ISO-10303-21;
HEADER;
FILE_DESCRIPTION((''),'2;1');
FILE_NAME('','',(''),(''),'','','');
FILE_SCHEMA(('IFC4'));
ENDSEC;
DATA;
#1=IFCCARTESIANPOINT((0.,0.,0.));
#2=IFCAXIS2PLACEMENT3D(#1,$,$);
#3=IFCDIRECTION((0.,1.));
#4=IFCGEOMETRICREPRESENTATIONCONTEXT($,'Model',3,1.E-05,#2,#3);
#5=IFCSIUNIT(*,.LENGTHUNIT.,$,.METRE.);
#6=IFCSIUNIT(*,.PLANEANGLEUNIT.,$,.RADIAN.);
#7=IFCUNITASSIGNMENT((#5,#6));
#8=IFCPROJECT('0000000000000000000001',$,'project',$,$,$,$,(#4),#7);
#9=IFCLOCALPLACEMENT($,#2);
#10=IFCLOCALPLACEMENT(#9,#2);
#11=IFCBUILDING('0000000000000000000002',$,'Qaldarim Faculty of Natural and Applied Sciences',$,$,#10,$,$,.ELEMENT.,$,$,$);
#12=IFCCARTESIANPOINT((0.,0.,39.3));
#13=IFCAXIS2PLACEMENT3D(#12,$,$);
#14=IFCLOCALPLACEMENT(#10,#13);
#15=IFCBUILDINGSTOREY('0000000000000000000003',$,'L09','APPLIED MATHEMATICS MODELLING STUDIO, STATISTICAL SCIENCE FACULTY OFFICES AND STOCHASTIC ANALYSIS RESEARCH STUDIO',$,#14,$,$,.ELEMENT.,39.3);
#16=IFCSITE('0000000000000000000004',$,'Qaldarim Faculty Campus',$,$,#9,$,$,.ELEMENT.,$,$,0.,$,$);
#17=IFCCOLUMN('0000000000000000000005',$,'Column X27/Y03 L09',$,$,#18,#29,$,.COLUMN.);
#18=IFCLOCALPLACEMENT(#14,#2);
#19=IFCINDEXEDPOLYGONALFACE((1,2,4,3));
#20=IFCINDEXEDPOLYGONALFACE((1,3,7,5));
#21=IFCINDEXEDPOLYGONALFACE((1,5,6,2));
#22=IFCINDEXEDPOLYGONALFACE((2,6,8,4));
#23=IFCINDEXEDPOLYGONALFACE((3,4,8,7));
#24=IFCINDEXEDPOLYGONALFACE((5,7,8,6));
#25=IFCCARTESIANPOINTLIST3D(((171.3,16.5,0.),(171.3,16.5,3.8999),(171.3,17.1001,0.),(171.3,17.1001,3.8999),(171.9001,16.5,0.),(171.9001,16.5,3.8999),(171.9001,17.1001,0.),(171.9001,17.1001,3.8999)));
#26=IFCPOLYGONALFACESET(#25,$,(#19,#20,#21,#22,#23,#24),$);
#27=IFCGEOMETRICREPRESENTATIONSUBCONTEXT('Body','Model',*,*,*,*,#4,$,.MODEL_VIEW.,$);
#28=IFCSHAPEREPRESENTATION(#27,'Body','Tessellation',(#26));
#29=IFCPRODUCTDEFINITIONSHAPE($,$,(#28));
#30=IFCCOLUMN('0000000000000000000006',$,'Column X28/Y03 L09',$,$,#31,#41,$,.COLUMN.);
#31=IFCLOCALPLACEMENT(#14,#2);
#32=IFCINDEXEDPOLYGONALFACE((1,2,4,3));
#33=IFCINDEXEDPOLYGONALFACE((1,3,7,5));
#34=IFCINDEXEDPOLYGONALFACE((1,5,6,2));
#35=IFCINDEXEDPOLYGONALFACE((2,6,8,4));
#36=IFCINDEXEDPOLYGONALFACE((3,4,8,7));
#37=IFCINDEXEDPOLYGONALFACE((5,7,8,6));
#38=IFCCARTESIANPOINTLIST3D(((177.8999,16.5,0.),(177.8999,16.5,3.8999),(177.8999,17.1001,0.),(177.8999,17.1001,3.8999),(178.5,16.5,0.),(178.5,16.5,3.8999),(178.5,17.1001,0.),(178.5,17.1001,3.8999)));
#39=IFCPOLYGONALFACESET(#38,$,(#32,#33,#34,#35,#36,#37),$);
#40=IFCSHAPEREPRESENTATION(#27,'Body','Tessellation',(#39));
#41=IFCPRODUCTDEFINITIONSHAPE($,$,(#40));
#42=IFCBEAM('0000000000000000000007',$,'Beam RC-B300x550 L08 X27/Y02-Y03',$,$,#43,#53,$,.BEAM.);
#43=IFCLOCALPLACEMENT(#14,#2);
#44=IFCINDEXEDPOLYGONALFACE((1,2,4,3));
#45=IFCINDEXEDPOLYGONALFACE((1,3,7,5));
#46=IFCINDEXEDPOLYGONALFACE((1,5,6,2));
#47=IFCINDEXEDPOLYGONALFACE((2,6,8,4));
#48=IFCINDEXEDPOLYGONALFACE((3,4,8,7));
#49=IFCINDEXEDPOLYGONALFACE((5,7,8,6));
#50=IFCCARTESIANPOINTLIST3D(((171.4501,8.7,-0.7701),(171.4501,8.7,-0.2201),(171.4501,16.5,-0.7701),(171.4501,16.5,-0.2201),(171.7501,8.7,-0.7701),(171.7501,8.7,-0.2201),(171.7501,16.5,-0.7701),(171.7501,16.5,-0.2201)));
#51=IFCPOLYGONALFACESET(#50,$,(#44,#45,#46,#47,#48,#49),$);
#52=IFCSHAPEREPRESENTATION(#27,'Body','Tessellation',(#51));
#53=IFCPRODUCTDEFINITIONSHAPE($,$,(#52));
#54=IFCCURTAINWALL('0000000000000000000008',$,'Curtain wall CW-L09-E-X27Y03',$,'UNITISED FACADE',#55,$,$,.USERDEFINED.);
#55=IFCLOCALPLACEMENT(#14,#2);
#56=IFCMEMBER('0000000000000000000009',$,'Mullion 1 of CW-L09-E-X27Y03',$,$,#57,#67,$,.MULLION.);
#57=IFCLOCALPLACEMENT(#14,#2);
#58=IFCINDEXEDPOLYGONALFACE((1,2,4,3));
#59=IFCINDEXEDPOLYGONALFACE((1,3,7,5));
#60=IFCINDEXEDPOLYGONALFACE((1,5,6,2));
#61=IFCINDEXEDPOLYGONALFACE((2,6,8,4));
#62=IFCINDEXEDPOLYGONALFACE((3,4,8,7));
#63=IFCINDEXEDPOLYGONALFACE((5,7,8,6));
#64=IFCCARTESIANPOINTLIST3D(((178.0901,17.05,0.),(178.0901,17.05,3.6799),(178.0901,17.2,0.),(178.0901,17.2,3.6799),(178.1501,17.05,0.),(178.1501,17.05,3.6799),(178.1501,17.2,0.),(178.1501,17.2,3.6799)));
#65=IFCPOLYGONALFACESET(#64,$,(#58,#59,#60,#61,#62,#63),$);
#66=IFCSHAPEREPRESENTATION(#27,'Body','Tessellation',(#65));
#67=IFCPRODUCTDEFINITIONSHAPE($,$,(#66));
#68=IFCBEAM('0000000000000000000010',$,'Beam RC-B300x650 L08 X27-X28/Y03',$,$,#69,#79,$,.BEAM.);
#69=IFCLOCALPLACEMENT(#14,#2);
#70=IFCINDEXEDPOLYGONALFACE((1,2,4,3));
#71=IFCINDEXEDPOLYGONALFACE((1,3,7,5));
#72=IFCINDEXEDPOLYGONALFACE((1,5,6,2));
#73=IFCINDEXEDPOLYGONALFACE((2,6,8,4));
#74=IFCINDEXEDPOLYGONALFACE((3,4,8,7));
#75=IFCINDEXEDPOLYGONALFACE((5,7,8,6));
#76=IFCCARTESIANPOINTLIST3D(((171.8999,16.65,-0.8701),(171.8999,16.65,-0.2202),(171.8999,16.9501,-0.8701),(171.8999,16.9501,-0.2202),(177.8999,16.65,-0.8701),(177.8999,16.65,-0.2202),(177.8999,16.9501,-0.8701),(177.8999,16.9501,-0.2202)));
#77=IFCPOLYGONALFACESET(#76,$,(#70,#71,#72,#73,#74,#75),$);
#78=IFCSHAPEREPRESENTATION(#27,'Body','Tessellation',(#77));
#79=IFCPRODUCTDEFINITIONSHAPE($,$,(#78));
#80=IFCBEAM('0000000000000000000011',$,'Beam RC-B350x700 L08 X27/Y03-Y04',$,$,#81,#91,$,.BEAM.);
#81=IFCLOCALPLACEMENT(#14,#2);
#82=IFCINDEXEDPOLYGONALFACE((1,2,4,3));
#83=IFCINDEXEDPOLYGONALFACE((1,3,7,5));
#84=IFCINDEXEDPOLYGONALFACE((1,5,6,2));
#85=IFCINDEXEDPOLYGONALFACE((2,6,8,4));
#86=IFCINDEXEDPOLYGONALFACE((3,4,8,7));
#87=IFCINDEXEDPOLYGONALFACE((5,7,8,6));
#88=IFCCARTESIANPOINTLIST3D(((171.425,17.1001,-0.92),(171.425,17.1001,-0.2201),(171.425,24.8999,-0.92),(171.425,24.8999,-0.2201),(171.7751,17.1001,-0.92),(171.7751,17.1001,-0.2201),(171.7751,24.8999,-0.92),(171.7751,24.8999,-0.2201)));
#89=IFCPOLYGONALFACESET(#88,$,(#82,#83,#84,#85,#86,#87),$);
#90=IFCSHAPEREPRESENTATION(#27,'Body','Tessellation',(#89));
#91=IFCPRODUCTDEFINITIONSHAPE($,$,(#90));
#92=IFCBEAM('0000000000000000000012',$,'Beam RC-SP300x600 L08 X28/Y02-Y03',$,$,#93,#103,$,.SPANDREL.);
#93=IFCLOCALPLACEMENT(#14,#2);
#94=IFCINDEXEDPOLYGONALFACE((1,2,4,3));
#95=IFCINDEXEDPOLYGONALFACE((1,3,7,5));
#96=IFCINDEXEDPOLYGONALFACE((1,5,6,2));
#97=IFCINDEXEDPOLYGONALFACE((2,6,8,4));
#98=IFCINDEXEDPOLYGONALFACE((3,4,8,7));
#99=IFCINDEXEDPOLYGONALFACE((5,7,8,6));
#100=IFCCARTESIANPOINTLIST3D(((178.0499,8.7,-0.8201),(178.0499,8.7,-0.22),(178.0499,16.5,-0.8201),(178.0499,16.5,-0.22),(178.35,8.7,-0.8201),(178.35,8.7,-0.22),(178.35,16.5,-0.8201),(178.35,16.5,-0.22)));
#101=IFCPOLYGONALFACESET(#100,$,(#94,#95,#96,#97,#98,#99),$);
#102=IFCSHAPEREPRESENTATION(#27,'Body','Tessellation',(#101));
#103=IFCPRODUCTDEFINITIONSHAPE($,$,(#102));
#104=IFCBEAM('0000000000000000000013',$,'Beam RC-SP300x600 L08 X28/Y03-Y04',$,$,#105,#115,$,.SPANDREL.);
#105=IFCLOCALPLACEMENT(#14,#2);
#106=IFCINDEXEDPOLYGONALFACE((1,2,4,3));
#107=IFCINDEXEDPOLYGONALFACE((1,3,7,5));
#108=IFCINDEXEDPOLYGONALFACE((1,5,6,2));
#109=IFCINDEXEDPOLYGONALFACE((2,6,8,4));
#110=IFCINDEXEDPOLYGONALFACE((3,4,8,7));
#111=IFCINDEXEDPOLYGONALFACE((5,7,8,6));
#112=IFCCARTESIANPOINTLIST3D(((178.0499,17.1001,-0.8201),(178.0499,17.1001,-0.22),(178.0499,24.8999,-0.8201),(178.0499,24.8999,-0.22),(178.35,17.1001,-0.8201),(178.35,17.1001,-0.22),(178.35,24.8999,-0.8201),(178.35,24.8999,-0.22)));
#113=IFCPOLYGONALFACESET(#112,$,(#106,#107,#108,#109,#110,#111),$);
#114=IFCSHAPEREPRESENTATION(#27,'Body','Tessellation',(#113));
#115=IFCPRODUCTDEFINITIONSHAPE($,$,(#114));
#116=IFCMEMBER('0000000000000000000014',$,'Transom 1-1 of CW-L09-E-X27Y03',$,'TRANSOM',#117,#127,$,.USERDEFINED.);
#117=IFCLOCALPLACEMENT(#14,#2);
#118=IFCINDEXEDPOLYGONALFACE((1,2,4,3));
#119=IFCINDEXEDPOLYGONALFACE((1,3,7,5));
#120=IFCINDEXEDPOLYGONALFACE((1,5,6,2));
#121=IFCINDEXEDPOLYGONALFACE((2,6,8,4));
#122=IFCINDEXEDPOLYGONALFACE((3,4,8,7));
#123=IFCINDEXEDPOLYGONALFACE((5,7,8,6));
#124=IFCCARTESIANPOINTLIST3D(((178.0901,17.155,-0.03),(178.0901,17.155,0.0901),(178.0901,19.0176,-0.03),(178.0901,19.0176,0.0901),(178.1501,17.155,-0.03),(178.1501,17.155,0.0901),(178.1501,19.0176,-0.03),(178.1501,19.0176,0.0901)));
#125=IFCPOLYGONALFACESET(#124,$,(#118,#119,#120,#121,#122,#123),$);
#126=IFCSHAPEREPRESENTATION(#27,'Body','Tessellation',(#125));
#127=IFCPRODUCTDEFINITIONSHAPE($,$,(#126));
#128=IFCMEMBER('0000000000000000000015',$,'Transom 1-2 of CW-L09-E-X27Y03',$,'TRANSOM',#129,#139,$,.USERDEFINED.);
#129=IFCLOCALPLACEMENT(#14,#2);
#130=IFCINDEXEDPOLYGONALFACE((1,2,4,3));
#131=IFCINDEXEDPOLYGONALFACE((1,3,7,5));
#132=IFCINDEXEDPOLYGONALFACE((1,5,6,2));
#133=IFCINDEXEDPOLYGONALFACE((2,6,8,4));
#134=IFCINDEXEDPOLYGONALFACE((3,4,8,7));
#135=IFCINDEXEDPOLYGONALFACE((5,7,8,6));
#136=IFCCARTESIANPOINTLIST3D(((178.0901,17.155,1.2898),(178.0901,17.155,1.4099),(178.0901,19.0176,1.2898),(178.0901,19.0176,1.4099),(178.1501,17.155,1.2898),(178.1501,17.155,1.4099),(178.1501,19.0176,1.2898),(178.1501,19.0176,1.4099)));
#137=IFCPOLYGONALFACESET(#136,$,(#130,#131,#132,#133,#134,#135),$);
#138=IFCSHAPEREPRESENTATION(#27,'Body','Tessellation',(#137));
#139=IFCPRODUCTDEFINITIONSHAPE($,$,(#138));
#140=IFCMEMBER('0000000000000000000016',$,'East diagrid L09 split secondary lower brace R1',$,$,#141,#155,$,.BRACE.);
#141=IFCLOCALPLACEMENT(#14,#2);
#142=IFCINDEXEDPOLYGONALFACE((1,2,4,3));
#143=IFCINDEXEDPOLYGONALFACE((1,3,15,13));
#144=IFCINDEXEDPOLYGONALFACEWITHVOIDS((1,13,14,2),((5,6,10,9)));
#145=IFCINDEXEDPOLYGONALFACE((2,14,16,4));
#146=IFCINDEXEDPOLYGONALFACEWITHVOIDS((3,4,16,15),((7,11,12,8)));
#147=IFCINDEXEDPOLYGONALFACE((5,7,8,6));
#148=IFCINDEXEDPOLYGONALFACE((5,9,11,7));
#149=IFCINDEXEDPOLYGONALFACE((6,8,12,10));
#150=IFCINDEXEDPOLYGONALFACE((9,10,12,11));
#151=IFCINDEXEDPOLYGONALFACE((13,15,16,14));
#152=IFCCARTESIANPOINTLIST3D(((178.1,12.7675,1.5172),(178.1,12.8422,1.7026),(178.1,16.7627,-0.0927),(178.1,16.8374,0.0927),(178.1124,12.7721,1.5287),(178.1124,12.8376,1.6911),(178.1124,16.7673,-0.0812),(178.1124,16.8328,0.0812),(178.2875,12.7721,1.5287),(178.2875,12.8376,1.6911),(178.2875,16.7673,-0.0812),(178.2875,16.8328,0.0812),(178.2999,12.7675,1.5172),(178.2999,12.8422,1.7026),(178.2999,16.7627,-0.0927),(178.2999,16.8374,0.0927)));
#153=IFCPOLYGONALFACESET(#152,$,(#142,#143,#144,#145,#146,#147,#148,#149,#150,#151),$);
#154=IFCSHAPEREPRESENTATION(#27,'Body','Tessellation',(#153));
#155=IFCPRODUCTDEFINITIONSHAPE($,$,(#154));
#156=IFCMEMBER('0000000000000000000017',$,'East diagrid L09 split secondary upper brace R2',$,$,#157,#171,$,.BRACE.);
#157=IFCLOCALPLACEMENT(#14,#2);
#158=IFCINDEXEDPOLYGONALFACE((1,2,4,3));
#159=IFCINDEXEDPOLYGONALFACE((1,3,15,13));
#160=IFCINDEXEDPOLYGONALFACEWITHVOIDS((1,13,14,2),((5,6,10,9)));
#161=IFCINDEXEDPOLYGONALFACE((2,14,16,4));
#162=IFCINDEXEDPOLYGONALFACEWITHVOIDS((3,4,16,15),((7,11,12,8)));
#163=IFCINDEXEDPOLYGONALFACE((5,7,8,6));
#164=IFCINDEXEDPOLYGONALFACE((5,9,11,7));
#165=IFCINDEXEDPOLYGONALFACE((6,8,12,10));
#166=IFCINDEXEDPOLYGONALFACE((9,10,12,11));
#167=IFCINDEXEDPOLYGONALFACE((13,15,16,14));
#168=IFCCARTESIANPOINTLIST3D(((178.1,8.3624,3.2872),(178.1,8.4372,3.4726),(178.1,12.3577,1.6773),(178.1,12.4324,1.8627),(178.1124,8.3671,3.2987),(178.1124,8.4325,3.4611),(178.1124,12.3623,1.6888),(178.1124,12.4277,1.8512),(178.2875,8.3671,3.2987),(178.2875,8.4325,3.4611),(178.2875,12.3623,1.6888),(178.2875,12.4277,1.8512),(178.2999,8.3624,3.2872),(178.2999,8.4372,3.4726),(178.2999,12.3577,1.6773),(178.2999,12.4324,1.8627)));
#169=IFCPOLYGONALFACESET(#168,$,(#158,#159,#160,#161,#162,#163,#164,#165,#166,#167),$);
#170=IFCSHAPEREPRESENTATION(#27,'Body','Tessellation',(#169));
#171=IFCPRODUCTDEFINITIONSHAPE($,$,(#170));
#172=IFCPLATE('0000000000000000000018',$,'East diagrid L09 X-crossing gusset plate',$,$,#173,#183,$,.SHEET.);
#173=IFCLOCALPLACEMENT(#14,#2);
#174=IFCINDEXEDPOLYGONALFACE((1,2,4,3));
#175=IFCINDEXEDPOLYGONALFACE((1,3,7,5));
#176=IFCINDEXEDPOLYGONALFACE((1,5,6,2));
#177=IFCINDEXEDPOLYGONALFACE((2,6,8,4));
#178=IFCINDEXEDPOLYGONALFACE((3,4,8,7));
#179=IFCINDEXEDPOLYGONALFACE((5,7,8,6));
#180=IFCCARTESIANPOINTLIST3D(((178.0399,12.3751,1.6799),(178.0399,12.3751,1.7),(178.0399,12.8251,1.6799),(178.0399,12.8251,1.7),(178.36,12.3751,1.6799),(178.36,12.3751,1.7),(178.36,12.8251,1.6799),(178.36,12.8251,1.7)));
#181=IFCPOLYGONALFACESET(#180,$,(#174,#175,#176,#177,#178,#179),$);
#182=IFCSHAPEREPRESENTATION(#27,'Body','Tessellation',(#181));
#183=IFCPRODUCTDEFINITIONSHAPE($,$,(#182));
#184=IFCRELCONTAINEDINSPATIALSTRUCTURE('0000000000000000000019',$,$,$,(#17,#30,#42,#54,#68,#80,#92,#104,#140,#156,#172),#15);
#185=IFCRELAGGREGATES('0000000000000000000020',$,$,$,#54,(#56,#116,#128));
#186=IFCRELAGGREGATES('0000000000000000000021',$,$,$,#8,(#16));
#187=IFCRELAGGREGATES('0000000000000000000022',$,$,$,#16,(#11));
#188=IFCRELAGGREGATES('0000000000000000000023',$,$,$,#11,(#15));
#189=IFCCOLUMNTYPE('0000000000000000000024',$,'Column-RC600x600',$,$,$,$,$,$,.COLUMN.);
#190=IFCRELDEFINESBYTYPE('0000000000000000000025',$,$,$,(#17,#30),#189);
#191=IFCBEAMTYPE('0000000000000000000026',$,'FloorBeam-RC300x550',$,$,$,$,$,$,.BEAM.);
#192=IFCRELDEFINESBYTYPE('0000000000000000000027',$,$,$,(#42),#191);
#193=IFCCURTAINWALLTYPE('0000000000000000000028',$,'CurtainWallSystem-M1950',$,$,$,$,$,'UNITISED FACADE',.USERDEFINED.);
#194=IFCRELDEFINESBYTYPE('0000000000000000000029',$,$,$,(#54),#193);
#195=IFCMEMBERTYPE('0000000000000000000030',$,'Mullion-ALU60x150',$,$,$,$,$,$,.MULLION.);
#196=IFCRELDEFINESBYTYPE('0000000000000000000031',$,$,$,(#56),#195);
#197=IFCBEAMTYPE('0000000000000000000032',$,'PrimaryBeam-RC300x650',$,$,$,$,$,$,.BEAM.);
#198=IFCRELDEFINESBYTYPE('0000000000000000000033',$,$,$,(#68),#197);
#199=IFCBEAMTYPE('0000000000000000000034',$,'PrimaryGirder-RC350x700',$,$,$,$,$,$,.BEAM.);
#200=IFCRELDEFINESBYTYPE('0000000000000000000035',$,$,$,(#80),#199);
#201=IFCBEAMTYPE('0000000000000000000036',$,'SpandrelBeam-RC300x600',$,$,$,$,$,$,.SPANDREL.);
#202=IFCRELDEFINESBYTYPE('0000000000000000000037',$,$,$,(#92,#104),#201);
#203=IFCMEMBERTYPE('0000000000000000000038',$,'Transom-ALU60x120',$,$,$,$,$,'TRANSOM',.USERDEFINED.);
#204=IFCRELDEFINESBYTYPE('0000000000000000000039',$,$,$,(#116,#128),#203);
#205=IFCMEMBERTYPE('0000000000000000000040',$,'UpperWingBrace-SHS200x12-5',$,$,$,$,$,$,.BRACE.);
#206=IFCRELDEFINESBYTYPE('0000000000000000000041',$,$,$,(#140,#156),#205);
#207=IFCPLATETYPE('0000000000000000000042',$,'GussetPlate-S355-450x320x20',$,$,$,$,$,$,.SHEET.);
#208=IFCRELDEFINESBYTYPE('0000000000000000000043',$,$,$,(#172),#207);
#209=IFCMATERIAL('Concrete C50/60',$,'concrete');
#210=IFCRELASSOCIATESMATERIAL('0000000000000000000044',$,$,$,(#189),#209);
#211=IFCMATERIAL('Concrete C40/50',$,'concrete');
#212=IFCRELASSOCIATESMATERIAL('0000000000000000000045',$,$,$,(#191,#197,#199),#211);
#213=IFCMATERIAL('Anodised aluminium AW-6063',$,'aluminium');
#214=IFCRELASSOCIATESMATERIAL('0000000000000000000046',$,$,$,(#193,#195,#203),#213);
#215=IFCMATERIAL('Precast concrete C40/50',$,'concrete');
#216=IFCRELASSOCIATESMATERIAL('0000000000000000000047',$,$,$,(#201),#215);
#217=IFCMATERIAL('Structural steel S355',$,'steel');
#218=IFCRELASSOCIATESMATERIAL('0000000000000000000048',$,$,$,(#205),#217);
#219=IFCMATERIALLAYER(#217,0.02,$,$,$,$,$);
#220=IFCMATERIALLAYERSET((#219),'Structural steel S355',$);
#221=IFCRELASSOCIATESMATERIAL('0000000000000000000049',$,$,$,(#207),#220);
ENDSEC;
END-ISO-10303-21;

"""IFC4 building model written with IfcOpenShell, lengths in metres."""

from ifc_helpers import new_model, si_unit, direction, frame, origin, origin_2d, place, context, subcontext, project, spatial, rectangle, hollow_rectangle, extrude, material, layer, layer_set, material_profile, profile_set, type_object, element, aggregate, save


model = new_model("IFC4")

# Units and contexts
model_context = context("Model", 3, precision=1e-05, world=origin(), true_north=direction((0.0, 1.0)))
body_context = subcontext(model_context, "Body", "Model", "MODEL_VIEW")
ifc_project = project(units=[si_unit("LENGTHUNIT", "METRE"), si_unit("PLANEANGLEUNIT", "RADIAN")], contexts=[model_context])

# Site, building, storey
site_placement = place(None, origin())
site = spatial("IfcSite", under=ifc_project, at=site_placement, Name="Qaldarim Faculty Campus", CompositionType="ELEMENT", RefElevation=0.0)
building_placement = place(site_placement, origin())
building = spatial("IfcBuilding", under=site, at=building_placement, Name="Qaldarim Faculty of Natural and Applied Sciences", CompositionType="ELEMENT")
storey_placement = place(building_placement, frame((0.0, 0.0, 39.3)))
storey = spatial("IfcBuildingStorey", under=building, at=storey_placement, Name="L09", Description="APPLIED MATHEMATICS MODELLING STUDIO, STATISTICAL SCIENCE FACULTY OFFICES AND STOCHASTIC ANALYSIS RESEARCH STUDIO", CompositionType="ELEMENT", Elevation=39.3)

# Columns
ifc_material_1 = material(Name="Concrete C50/60", Category="concrete")
ifc_material_profile_1 = material_profile(ifc_material_1, rectangle(XDim=0.6001, YDim=0.6001, at=origin_2d()), Name="RC-C600x600")
ifc_profile_set_1 = profile_set([ifc_material_profile_1], Name="Concrete C50/60")
column_type = type_object("IfcColumnType", Name="Column-RC600x600", PredefinedType="COLUMN", material=ifc_profile_set_1)
for number, where, z_axis, x_axis, name in (
    (1, (171.6001, 16.8, 0.0), (0.0, 0.0, 1.0), (1.0, 0.0, 0.0), "Column X27/Y03 L09"),
    (2, (178.2, 16.8, 0.0), (0.0, 0.0, 1.0), (1.0, 0.0, 0.0), "Column X28/Y03 L09"),
):
    element("IfcColumn", number, at=place(storey_placement, frame(where, z_axis=z_axis, x_axis=x_axis)), inside=storey, type_object=column_type, Name=name, PredefinedType="COLUMN", context=body_context, shape_type="SweptSolid", body=[
        extrude(rectangle(XDim=0.6001, YDim=0.6001, at=origin_2d()), origin(), (0.0, 0.0, 1.0), 3.8999),
    ])

# Beam
ifc_material_2 = material(Name="Concrete C40/50", Category="concrete")
ifc_material_profile_2 = material_profile(ifc_material_2, rectangle(XDim=0.3, YDim=0.55, at=origin_2d()), Name="RC-B300x550")
ifc_profile_set_2 = profile_set([ifc_material_profile_2], Name="Concrete C40/50")
beam_type_1 = type_object("IfcBeamType", Name="FloorBeam-RC300x550", PredefinedType="BEAM", material=ifc_profile_set_2)
beam_1_placement = place(storey_placement, frame((171.6001, 8.7, -0.4951), z_axis=(0.0, 1.0, 0.0), x_axis=(-1.0, 0.0, 0.0)))
element("IfcBeam", 3, at=beam_1_placement, inside=storey, type_object=beam_type_1, Name="Beam RC-B300x550 L08 X27/Y02-Y03", PredefinedType="BEAM", context=body_context, shape_type="SweptSolid", body=[
    extrude(rectangle(XDim=0.3, YDim=0.55, at=origin_2d()), origin(), (0.0, 0.0, 1.0), 7.8),
])

# Curtain wall, member
ifc_material_3 = material(Name="Anodised aluminium AW-6063", Category="aluminium")
curtain_wall_type = type_object("IfcCurtainWallType", Name="CurtainWallSystem-M1950", ElementType="UNITISED FACADE", PredefinedType="USERDEFINED", material=ifc_material_3)
curtain_wall_placement = place(storey_placement, origin())
curtain_wall = element("IfcCurtainWall", 4, at=curtain_wall_placement, inside=storey, type_object=curtain_wall_type, Name="Curtain wall CW-L09-E-X27Y03", ObjectType="UNITISED FACADE", PredefinedType="USERDEFINED")
ifc_material_profile_3 = material_profile(ifc_material_3, rectangle(XDim=0.0601, YDim=0.1499, at=origin_2d()), Name="ALU-M60x150")
ifc_profile_set_3 = profile_set([ifc_material_profile_3], Name="Anodised aluminium AW-6063")
member_type_1 = type_object("IfcMemberType", Name="Mullion-ALU60x150", PredefinedType="MULLION", material=ifc_profile_set_3)
member_1_placement = place(storey_placement, frame((178.1201, 17.125, 0.0), z_axis=(0.0, 0.0, 1.0), x_axis=(-1.0, 0.0, 0.0)))
member_1 = element("IfcMember", 5, at=member_1_placement, type_object=member_type_1, Name="Mullion 1 of CW-L09-E-X27Y03", PredefinedType="MULLION", context=body_context, shape_type="SweptSolid", body=[
    extrude(rectangle(XDim=0.0601, YDim=0.1499, at=origin_2d()), origin(), (0.0, 0.0, 1.0), 3.6799),
])

# Beams
ifc_material_profile_4 = material_profile(ifc_material_2, rectangle(XDim=0.3, YDim=0.6499, at=origin_2d()), Name="RC-B300x650")
ifc_profile_set_4 = profile_set([ifc_material_profile_4], Name="Concrete C40/50")
beam_type_2 = type_object("IfcBeamType", Name="PrimaryBeam-RC300x650", PredefinedType="BEAM", material=ifc_profile_set_4)
beam_2_placement = place(storey_placement, frame((171.8999, 16.8, -0.5452), z_axis=(1.0, 0.0, 0.0), x_axis=(0.0, 1.0, 0.0)))
element("IfcBeam", 6, at=beam_2_placement, inside=storey, type_object=beam_type_2, Name="Beam RC-B300x650 L08 X27-X28/Y03", PredefinedType="BEAM", context=body_context, shape_type="SweptSolid", body=[
    extrude(rectangle(XDim=0.3, YDim=0.6499, at=origin_2d()), origin(), (0.0, 0.0, 1.0), 6.0),
])
ifc_material_profile_5 = material_profile(ifc_material_2, rectangle(XDim=0.3501, YDim=0.7, at=origin_2d()), Name="RC-B350x700")
ifc_profile_set_5 = profile_set([ifc_material_profile_5], Name="Concrete C40/50")
beam_type_3 = type_object("IfcBeamType", Name="PrimaryGirder-RC350x700", PredefinedType="BEAM", material=ifc_profile_set_5)
beam_3_placement = place(storey_placement, frame((171.6001, 17.1001, -0.5701), z_axis=(0.0, 1.0, 0.0), x_axis=(-1.0, 0.0, 0.0)))
element("IfcBeam", 7, at=beam_3_placement, inside=storey, type_object=beam_type_3, Name="Beam RC-B350x700 L08 X27/Y03-Y04", PredefinedType="BEAM", context=body_context, shape_type="SweptSolid", body=[
    extrude(rectangle(XDim=0.3501, YDim=0.7, at=origin_2d()), origin(), (0.0, 0.0, 1.0), 7.7998),
])
ifc_material_4 = material(Name="Precast concrete C40/50", Category="concrete")
ifc_material_profile_6 = material_profile(ifc_material_4, rectangle(XDim=0.3, YDim=0.6001, at=origin_2d()), Name="RC-SP300x600")
ifc_profile_set_6 = profile_set([ifc_material_profile_6], Name="Precast concrete C40/50")
beam_type_4 = type_object("IfcBeamType", Name="SpandrelBeam-RC300x600", PredefinedType="SPANDREL", material=ifc_profile_set_6)
beam_4_placement = place(storey_placement, frame((178.2, 8.7, -0.52), z_axis=(0.0, 1.0, 0.0), x_axis=(-1.0, 0.0, 0.0)))
element("IfcBeam", 8, at=beam_4_placement, inside=storey, type_object=beam_type_4, Name="Beam RC-SP300x600 L08 X28/Y02-Y03", PredefinedType="SPANDREL", context=body_context, shape_type="SweptSolid", body=[
    extrude(rectangle(XDim=0.3, YDim=0.6001, at=origin_2d()), origin(), (0.0, 0.0, 1.0), 7.8),
])
beam_5_placement = place(storey_placement, frame((178.2, 17.1001, -0.52), z_axis=(0.0, 1.0, 0.0), x_axis=(-1.0, 0.0, 0.0)))
element("IfcBeam", 9, at=beam_5_placement, inside=storey, type_object=beam_type_4, Name="Beam RC-SP300x600 L08 X28/Y03-Y04", PredefinedType="SPANDREL", context=body_context, shape_type="SweptSolid", body=[
    extrude(rectangle(XDim=0.3, YDim=0.6001, at=origin_2d()), origin(), (0.0, 0.0, 1.0), 7.7998),
])

# Members
ifc_material_profile_7 = material_profile(ifc_material_3, rectangle(XDim=0.0601, YDim=0.1201, at=origin_2d()), Name="ALU-T60x120")
ifc_profile_set_7 = profile_set([ifc_material_profile_7], Name="Anodised aluminium AW-6063")
member_type_2 = type_object("IfcMemberType", Name="Transom-ALU60x120", ElementType="TRANSOM", PredefinedType="USERDEFINED", material=ifc_profile_set_7)
member_2_placement = place(storey_placement, frame((178.1201, 17.155, 0.03), z_axis=(0.0, 1.0, 0.0), x_axis=(-1.0, 0.0, 0.0)))
member_2 = element("IfcMember", 10, at=member_2_placement, type_object=member_type_2, Name="Transom 1-1 of CW-L09-E-X27Y03", ObjectType="TRANSOM", PredefinedType="USERDEFINED", context=body_context, shape_type="SweptSolid", body=[
    extrude(rectangle(XDim=0.0601, YDim=0.1201, at=origin_2d()), origin(), (0.0, 0.0, 1.0), 1.8625),
])
member_3_placement = place(storey_placement, frame((178.1201, 17.155, 1.3499), z_axis=(0.0, 1.0, 0.0), x_axis=(-1.0, 0.0, 0.0)))
member_3 = element("IfcMember", 11, at=member_3_placement, type_object=member_type_2, Name="Transom 1-2 of CW-L09-E-X27Y03", ObjectType="TRANSOM", PredefinedType="USERDEFINED", context=body_context, shape_type="SweptSolid", body=[
    extrude(rectangle(XDim=0.0601, YDim=0.1201, at=origin_2d()), origin(), (0.0, 0.0, 1.0), 1.8625),
])
aggregate(curtain_wall, [member_1, member_2, member_3])

# Members
ifc_material_5 = material(Name="Structural steel S355", Category="steel")
ifc_material_profile_8 = material_profile(ifc_material_5, hollow_rectangle(XDim=0.2, YDim=0.2, WallThickness=0.0125, at=origin_2d()), Name="SHS 200x200x12.5")
ifc_profile_set_8 = profile_set([ifc_material_profile_8], Name="Structural steel S355")
member_type_3 = type_object("IfcMemberType", Name="UpperWingBrace-SHS200x12-5", PredefinedType="BRACE", material=ifc_profile_set_8)
for number, where, z_axis, x_axis, name in (
    (12, (178.2, 16.8, 0.0), (0.0, -0.927528, 0.373754), (1.0, 0.0, 0.0), "East diagrid L09 split secondary lower brace R1"),
    (13, (178.2, 12.395, 1.77), (0.0, -0.927528, 0.373754), (1.0, 0.0, 0.0), "East diagrid L09 split secondary upper brace R2"),
):
    element("IfcMember", number, at=place(storey_placement, frame(where, z_axis=z_axis, x_axis=x_axis)), inside=storey, type_object=member_type_3, Name=name, PredefinedType="BRACE", context=body_context, shape_type="SweptSolid", body=[
        extrude(hollow_rectangle(XDim=0.2, YDim=0.2, WallThickness=0.0125, at=origin_2d()), origin(), (0.0, 0.0, 1.0), 4.3074),
    ])

# Plate
ifc_layer_1 = layer(ifc_material_5, 0.02)
ifc_layer_set_1 = layer_set([ifc_layer_1], Name="Structural steel S355")
plate_type = type_object("IfcPlateType", Name="GussetPlate-S355-450x320x20", PredefinedType="SHEET", material=ifc_layer_set_1)
for number, where, z_axis, x_axis, name in (
    (14, (178.2, 12.6001, 1.6799), (0.0, 0.0, 1.0), (0.0, 1.0, 0.0), "East diagrid L09 X-crossing gusset plate"),
):
    element("IfcPlate", number, at=place(storey_placement, frame(where, z_axis=z_axis, x_axis=x_axis)), inside=storey, type_object=plate_type, Name=name, PredefinedType="SHEET", context=body_context, shape_type="SweptSolid", body=[
        extrude(rectangle(XDim=0.45, YDim=0.3201, at=origin_2d()), origin(), (0.0, 0.0, 1.0), 0.02),
    ])

save(model, "model.ifc")
